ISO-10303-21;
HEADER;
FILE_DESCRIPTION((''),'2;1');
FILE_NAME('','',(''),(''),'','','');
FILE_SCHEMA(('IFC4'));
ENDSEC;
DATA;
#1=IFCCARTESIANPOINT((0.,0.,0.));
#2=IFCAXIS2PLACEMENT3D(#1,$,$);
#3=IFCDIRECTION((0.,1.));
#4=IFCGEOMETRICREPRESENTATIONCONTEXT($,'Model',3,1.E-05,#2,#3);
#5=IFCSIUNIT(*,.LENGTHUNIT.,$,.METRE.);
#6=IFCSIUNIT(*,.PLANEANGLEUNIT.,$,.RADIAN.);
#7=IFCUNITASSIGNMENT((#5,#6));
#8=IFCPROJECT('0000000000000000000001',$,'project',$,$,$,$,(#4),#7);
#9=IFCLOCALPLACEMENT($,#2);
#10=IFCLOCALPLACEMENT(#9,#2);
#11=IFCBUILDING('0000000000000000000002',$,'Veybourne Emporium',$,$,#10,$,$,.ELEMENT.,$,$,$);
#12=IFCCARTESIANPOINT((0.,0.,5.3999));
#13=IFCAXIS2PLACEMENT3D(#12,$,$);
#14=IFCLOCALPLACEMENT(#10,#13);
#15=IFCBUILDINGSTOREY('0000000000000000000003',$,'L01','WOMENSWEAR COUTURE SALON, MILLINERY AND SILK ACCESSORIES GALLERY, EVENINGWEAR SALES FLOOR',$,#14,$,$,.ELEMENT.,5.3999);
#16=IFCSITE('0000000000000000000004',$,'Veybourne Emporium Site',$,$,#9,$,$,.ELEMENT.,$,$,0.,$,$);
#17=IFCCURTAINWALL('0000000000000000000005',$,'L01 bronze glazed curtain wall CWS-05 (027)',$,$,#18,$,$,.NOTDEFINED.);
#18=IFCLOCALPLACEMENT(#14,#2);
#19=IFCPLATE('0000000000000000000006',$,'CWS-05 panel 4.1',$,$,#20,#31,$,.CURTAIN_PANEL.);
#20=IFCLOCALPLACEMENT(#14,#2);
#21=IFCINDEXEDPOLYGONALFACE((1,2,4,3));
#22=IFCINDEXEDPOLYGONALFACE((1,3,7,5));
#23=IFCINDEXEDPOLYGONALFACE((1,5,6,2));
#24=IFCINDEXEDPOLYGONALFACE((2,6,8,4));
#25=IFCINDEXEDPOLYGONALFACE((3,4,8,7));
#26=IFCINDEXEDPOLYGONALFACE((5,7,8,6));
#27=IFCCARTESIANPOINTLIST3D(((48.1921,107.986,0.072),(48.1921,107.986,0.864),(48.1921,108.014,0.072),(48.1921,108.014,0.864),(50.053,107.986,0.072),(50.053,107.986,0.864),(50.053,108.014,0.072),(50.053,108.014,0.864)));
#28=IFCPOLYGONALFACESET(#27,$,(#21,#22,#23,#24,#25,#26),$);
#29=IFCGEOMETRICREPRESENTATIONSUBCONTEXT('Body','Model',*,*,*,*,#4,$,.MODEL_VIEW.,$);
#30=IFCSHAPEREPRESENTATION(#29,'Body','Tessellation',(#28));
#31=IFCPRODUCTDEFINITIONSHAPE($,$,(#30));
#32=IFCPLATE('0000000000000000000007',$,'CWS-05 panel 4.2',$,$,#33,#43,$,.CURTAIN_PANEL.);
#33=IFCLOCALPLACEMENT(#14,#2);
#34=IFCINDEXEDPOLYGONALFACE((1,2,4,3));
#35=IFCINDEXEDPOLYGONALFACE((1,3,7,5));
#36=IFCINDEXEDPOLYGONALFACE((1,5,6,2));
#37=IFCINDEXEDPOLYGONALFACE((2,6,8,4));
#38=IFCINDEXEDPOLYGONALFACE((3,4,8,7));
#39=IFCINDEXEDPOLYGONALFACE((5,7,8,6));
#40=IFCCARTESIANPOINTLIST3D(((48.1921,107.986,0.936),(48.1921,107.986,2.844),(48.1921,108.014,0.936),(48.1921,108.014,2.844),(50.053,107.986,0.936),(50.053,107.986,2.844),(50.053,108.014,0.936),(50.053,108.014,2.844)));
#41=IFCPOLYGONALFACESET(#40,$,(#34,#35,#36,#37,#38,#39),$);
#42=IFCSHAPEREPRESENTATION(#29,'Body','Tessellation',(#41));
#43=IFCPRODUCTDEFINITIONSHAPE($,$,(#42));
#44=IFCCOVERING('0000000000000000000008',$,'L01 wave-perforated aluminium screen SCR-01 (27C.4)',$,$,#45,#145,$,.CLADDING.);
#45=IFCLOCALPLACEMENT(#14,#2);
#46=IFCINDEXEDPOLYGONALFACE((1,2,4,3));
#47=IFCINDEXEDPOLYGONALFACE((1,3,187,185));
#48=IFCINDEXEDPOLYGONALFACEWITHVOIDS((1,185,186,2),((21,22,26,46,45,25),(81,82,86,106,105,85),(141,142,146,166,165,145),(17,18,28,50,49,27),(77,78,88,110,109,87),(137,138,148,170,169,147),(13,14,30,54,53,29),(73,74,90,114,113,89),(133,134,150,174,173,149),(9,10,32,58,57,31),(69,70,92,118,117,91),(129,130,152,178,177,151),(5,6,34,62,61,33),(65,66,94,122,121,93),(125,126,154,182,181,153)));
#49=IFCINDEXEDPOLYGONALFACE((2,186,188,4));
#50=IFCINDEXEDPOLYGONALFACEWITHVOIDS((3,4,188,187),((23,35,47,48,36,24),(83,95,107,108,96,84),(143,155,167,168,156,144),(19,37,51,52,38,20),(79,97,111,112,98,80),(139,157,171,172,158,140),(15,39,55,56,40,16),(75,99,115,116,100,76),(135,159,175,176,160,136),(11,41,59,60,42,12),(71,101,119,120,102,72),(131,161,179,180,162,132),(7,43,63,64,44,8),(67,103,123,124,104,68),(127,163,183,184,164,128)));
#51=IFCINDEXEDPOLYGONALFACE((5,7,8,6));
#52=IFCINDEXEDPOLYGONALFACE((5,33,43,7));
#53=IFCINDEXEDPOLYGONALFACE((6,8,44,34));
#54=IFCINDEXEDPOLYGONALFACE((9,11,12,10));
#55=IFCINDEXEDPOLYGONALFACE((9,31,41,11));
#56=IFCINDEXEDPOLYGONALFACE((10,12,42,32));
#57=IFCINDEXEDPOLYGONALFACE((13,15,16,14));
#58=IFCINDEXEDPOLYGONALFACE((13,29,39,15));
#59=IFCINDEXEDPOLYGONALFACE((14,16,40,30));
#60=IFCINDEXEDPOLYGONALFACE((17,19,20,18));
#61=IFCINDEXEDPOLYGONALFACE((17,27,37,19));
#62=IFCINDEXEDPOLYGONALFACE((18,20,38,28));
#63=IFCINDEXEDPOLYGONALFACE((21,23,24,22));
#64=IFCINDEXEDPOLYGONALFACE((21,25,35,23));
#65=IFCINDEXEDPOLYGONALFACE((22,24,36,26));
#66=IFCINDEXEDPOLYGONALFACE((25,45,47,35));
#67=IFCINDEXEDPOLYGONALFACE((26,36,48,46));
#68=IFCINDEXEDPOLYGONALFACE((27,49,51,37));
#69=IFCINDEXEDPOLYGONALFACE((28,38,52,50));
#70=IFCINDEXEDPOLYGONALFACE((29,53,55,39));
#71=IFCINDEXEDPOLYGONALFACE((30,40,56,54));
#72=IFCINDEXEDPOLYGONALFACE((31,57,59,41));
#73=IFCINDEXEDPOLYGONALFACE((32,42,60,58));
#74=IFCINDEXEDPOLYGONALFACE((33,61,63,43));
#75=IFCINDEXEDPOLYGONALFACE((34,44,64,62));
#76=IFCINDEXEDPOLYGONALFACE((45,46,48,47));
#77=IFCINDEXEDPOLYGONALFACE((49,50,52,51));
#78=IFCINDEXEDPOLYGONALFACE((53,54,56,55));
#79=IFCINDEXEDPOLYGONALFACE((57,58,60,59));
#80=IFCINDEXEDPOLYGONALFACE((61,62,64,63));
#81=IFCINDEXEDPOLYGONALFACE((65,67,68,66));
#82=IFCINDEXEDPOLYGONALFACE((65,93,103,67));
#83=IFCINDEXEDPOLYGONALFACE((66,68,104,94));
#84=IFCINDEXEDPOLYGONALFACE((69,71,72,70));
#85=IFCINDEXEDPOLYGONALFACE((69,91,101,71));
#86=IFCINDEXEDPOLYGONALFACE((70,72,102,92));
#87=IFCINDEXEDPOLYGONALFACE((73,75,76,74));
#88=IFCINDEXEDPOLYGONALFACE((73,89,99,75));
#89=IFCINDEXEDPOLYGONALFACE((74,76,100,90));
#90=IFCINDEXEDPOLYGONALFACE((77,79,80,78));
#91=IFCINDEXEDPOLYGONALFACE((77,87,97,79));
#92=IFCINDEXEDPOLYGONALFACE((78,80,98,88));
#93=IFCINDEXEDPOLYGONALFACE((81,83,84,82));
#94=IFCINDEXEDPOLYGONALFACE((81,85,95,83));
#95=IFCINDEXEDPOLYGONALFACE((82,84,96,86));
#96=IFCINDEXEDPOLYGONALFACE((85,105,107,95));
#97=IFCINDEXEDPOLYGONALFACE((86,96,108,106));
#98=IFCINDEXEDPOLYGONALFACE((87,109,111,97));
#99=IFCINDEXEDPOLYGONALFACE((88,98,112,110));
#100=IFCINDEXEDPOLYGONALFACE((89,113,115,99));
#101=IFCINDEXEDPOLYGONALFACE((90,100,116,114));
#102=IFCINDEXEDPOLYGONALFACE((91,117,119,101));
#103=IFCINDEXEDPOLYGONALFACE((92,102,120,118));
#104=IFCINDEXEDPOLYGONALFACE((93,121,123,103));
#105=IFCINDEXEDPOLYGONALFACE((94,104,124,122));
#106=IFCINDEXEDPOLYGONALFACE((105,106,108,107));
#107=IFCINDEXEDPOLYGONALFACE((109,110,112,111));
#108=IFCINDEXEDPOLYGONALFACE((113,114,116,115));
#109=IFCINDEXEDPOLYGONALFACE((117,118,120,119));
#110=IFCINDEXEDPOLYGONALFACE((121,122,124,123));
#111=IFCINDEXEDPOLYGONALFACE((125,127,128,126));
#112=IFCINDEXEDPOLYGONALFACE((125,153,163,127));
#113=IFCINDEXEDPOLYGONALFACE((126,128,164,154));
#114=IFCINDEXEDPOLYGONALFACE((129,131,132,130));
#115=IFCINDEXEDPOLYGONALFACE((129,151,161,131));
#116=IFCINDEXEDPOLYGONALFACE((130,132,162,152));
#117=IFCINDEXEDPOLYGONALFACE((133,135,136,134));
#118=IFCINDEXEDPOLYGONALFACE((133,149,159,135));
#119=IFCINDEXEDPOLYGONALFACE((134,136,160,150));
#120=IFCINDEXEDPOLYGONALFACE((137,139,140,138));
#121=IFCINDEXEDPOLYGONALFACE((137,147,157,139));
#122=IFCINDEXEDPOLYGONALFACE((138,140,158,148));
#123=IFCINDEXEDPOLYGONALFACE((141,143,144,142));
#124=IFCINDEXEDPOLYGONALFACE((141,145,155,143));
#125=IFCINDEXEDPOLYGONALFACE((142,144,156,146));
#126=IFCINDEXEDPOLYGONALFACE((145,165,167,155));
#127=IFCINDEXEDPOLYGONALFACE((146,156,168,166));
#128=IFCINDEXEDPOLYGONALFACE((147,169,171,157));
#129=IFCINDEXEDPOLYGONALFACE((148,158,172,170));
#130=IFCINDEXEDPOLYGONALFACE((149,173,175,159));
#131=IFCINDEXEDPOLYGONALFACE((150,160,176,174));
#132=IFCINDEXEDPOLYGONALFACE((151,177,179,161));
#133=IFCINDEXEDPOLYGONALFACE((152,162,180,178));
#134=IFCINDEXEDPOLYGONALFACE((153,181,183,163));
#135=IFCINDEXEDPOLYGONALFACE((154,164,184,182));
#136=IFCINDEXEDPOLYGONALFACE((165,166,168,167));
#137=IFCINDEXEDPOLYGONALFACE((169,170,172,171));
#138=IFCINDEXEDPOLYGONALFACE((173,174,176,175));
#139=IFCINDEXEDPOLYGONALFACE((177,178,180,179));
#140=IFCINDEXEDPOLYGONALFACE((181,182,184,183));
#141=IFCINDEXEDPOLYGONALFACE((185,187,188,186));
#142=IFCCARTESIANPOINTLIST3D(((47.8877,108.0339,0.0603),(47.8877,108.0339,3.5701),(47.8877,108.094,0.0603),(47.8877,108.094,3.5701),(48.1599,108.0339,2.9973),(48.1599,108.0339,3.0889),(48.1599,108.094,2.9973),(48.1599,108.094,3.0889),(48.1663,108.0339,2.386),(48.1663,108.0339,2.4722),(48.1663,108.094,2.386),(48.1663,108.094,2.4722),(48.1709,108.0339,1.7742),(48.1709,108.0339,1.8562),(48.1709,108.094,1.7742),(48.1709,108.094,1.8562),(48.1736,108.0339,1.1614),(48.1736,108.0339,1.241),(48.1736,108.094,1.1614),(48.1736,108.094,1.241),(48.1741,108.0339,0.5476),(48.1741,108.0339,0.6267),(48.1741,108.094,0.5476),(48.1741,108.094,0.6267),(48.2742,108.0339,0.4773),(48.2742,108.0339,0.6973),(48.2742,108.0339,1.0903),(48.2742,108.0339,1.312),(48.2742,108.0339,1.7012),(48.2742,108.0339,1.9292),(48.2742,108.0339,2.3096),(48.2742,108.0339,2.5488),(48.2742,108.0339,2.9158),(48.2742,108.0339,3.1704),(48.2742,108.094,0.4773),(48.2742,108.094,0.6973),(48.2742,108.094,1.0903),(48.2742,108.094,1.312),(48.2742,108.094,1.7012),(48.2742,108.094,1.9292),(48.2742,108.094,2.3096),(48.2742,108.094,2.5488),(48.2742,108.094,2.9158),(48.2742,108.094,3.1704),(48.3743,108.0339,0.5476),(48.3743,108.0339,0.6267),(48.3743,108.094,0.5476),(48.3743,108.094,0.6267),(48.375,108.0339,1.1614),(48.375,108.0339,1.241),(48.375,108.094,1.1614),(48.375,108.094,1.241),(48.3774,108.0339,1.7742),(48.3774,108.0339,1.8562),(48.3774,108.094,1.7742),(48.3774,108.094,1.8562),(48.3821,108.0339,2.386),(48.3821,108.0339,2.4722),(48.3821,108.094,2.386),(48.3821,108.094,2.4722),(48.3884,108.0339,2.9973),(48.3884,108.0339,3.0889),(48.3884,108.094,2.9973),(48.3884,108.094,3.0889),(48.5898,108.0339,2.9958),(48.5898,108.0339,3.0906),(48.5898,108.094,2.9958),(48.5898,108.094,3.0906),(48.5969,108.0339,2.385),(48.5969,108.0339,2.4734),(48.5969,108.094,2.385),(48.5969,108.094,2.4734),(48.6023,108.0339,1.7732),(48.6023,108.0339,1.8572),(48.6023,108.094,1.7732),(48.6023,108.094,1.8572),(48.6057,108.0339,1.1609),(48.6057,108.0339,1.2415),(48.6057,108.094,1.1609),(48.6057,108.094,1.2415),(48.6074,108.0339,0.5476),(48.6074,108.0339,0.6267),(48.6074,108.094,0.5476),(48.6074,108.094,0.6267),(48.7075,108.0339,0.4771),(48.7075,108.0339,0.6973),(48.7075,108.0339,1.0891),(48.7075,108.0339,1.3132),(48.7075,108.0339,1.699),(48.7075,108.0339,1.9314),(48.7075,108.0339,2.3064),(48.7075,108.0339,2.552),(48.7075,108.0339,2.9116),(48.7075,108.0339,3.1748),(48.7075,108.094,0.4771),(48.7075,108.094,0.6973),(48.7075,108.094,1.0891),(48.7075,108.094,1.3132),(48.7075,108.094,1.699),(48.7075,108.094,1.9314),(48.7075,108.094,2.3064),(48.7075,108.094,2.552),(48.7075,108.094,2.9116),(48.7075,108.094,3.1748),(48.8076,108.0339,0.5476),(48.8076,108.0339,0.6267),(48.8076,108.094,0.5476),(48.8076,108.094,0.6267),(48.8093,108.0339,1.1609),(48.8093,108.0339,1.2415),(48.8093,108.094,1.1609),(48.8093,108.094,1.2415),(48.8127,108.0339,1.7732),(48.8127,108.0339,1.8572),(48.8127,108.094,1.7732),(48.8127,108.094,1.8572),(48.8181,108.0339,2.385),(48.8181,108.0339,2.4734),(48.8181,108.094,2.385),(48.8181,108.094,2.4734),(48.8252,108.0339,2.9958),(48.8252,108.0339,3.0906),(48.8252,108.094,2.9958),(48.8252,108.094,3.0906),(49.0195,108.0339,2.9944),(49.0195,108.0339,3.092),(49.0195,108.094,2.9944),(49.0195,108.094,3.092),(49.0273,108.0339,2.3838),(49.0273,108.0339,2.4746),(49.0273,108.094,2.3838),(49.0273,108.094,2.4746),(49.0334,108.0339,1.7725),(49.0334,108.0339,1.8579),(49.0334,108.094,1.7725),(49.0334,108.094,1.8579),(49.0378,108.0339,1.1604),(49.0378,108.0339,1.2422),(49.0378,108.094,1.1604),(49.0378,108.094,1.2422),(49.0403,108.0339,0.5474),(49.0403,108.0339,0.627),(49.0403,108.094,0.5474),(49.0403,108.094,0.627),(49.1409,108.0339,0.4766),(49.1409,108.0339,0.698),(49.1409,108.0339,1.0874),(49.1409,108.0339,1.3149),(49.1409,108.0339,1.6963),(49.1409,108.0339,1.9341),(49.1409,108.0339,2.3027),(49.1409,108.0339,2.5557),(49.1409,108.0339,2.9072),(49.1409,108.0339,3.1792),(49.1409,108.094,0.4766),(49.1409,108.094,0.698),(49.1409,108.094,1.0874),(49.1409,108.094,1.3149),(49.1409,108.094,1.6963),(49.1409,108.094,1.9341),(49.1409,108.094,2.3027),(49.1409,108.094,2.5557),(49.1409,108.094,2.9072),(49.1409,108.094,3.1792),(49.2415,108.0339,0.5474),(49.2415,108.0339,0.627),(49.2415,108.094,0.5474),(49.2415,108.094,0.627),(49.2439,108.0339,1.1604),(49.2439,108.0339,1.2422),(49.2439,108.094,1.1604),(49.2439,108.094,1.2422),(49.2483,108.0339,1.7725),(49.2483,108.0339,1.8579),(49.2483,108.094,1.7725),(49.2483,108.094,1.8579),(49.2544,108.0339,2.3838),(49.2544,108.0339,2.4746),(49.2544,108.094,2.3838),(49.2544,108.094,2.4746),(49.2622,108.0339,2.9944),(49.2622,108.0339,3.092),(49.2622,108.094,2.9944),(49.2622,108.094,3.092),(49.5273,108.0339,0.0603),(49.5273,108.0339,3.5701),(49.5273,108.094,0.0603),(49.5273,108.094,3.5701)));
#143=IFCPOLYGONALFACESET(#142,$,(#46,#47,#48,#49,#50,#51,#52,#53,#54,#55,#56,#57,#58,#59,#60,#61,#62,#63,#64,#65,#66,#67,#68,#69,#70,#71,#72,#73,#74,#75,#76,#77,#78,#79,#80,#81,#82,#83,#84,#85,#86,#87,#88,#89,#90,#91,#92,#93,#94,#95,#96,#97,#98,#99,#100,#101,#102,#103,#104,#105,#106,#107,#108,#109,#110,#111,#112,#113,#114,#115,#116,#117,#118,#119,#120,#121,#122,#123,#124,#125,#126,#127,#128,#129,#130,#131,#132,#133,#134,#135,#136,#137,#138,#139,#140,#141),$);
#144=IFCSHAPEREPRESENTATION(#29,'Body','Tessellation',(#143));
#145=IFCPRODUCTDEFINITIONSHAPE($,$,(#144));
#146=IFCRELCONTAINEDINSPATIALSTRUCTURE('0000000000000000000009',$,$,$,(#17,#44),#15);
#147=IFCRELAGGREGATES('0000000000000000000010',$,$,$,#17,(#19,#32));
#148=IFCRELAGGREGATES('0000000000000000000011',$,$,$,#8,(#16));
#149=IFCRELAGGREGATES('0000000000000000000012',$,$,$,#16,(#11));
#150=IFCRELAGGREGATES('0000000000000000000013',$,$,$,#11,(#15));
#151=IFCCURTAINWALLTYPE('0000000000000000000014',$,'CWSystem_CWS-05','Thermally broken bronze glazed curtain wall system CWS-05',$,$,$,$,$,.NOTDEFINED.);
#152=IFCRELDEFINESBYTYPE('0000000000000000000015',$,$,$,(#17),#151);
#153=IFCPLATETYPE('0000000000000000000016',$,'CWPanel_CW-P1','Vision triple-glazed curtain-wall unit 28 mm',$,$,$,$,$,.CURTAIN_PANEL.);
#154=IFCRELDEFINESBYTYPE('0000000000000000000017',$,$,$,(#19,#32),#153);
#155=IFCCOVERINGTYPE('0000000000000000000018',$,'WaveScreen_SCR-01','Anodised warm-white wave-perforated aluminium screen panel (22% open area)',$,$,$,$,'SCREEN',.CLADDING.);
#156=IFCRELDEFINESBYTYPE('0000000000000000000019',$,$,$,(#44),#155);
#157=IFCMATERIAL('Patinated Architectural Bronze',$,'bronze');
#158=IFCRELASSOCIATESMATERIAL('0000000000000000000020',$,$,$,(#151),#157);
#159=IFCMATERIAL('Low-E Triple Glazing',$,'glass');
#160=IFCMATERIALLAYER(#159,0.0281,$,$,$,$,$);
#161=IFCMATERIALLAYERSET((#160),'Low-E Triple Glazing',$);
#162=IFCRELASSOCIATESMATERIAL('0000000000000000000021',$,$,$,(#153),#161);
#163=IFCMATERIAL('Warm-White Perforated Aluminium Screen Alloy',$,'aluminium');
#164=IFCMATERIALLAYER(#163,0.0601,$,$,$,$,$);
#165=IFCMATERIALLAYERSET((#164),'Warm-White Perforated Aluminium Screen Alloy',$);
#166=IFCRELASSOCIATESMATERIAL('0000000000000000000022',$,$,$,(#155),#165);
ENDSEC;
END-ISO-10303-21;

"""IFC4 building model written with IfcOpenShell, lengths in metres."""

from ifc_helpers import new_model, si_unit, direction, frame, origin, origin_2d, place, context, subcontext, project, spatial, polyline, rectangle, outline, extrude, material, layer, layer_set, type_object, element, aggregate, save


model = new_model("IFC4")

# Units and contexts
model_context = context("Model", 3, precision=1e-05, world=origin(), true_north=direction((0.0, 1.0)))
body_context = subcontext(model_context, "Body", "Model", "MODEL_VIEW")
ifc_project = project(units=[si_unit("LENGTHUNIT", "METRE"), si_unit("PLANEANGLEUNIT", "RADIAN")], contexts=[model_context])

# Site, building, storey
site_placement = place(None, origin())
site = spatial("IfcSite", under=ifc_project, at=site_placement, Name="Veybourne Emporium Site", CompositionType="ELEMENT", RefElevation=0.0)
building_placement = place(site_placement, origin())
building = spatial("IfcBuilding", under=site, at=building_placement, Name="Veybourne Emporium", CompositionType="ELEMENT")
storey_placement = place(building_placement, frame((0.0, 0.0, 5.3999)))
storey = spatial("IfcBuildingStorey", under=building, at=storey_placement, Name="L01", Description="WOMENSWEAR COUTURE SALON, MILLINERY AND SILK ACCESSORIES GALLERY, EVENINGWEAR SALES FLOOR", CompositionType="ELEMENT", Elevation=5.3999)

# Curtain wall, plates
ifc_material_1 = material(Name="Patinated Architectural Bronze", Category="bronze")
curtain_wall_type = type_object("IfcCurtainWallType", Name="CWSystem_CWS-05", Description="Thermally broken bronze glazed curtain wall system CWS-05", PredefinedType="NOTDEFINED", material=ifc_material_1)
curtain_wall_placement = place(storey_placement, origin())
curtain_wall = element("IfcCurtainWall", 1, at=curtain_wall_placement, inside=storey, type_object=curtain_wall_type, Name="L01 bronze glazed curtain wall CWS-05 (027)", PredefinedType="NOTDEFINED")
ifc_material_2 = material(Name="Low-E Triple Glazing", Category="glass")
ifc_layer_1 = layer(ifc_material_2, 0.0281)
ifc_layer_set_1 = layer_set([ifc_layer_1], Name="Low-E Triple Glazing")
plate_type = type_object("IfcPlateType", Name="CWPanel_CW-P1", Description="Vision triple-glazed curtain-wall unit 28 mm", PredefinedType="CURTAIN_PANEL", material=ifc_layer_set_1)
plate_1_placement = place(storey_placement, frame((49.1226, 108.0, 0.072), z_axis=(0.0, 0.0, 1.0), x_axis=(1.0, 0.0, 0.0)))
plate_1 = element("IfcPlate", 2, at=plate_1_placement, type_object=plate_type, Name="CWS-05 panel 4.1", PredefinedType="CURTAIN_PANEL", context=body_context, shape_type="SweptSolid", body=[
    extrude(rectangle(XDim=1.8608, YDim=0.0281, at=origin_2d()), origin(), (0.0, 0.0, 1.0), 0.792),
])
plate_2_placement = place(storey_placement, frame((49.1226, 108.0, 0.936), z_axis=(0.0, 0.0, 1.0), x_axis=(1.0, 0.0, 0.0)))
plate_2 = element("IfcPlate", 3, at=plate_2_placement, type_object=plate_type, Name="CWS-05 panel 4.2", PredefinedType="CURTAIN_PANEL", context=body_context, shape_type="SweptSolid", body=[
    extrude(rectangle(XDim=1.8608, YDim=0.0281, at=origin_2d()), origin(), (0.0, 0.0, 1.0), 1.908),
])
aggregate(curtain_wall, [plate_1, plate_2])

# Covering
ifc_material_3 = material(Name="Warm-White Perforated Aluminium Screen Alloy", Category="aluminium")
ifc_layer_2 = layer(ifc_material_3, 0.0601)
ifc_layer_set_2 = layer_set([ifc_layer_2], Name="Warm-White Perforated Aluminium Screen Alloy")
covering_type_1 = type_object("IfcCoveringType", Name="WaveScreen_SCR-01", Description="Anodised warm-white wave-perforated aluminium screen panel (22% open area)", ElementType="SCREEN", PredefinedType="CLADDING", material=ifc_layer_set_2)
covering_1_placement = place(storey_placement, frame((48.7075, 108.094, 1.8152), z_axis=(0.0, -1.0, 0.0), x_axis=(1.0, 0.0, 0.0)))
element("IfcCovering", 4, at=covering_1_placement, inside=storey, type_object=covering_type_1, Name="L01 wave-perforated aluminium screen SCR-01 (27C.4)", PredefinedType="CLADDING", context=body_context, shape_type="SweptSolid", body=[
    extrude(outline(polyline([(-0.8198, -1.7549), (0.8198, -1.7549), (0.8198, 1.7549), (-0.8198, 1.7549), (-0.8198, -1.7549)]), holes=[polyline([(-0.4333, -1.1179), (-0.3333, -1.1885), (-0.3333, -1.2676), (-0.4333, -1.3379), (-0.5334, -1.2676), (-0.5334, -1.1885), (-0.4333, -1.1179)]), polyline([(-0.4333, -0.5032), (-0.3325, -0.5742), (-0.3325, -0.6538), (-0.4333, -0.7249), (-0.5339, -0.6538), (-0.5339, -0.5742), (-0.4333, -0.5032)]), polyline([(-0.4333, 0.114), (-0.3301, 0.041), (-0.3301, -0.041), (-0.4333, -0.114), (-0.5366, -0.041), (-0.5366, 0.041), (-0.4333, 0.114)]), polyline([(-0.4333, 0.7336), (-0.3254, 0.657), (-0.3254, 0.5708), (-0.4333, 0.4944), (-0.5413, 0.5708), (-0.5413, 0.657), (-0.4333, 0.7336)]), polyline([(-0.4333, 1.3552), (-0.3191, 1.2737), (-0.3191, 1.1821), (-0.4333, 1.1006), (-0.5476, 1.1821), (-0.5476, 1.2737), (-0.4333, 1.3552)]), polyline([(0.0, -1.1179), (0.1001, -1.1885), (0.1001, -1.2676), (0.0, -1.3381), (-0.1001, -1.2676), (-0.1001, -1.1885), (0.0, -1.1179)]), polyline([(0.0, -0.502), (0.1018, -0.5737), (0.1018, -0.6543), (0.0, -0.7261), (-0.1018, -0.6543), (-0.1018, -0.5737), (0.0, -0.502)]), polyline([(0.0, 0.1162), (0.1052, 0.042), (0.1052, -0.042), (0.0, -0.1162), (-0.1052, -0.042), (-0.1052, 0.042), (0.0, 0.1162)]), polyline([(0.0, 0.7368), (0.1106, 0.6582), (0.1106, 0.5698), (0.0, 0.4912), (-0.1106, 0.5698), (-0.1106, 0.6582), (0.0, 0.7368)]), polyline([(0.0, 1.3596), (0.1177, 1.2754), (0.1177, 1.1807), (0.0, 1.0964), (-0.1177, 1.1807), (-0.1177, 1.2754), (0.0, 1.3596)]), polyline([(0.4333, -1.1172), (0.5339, -1.1882), (0.5339, -1.2678), (0.4333, -1.3386), (0.3328, -1.2678), (0.3328, -1.1882), (0.4333, -1.1172)]), polyline([(0.4333, -0.5002), (0.5364, -0.573), (0.5364, -0.6548), (0.4333, -0.7278), (0.3303, -0.6548), (0.3303, -0.573), (0.4333, -0.5002)]), polyline([(0.4333, 0.1189), (0.5408, 0.0427), (0.5408, -0.0427), (0.4333, -0.1189), (0.3259, -0.0427), (0.3259, 0.0427), (0.4333, 0.1189)]), polyline([(0.4333, 0.7405), (0.5469, 0.6594), (0.5469, 0.5686), (0.4333, 0.4875), (0.3198, 0.5686), (0.3198, 0.6594), (0.4333, 0.7405)]), polyline([(0.4333, 1.364), (0.5547, 1.2769), (0.5547, 1.1792), (0.4333, 1.092), (0.312, 1.1792), (0.312, 1.2769), (0.4333, 1.364)])]), origin(), (0.0, 0.0, 1.0), 0.0601),
])

save(model, "model.ifc")
